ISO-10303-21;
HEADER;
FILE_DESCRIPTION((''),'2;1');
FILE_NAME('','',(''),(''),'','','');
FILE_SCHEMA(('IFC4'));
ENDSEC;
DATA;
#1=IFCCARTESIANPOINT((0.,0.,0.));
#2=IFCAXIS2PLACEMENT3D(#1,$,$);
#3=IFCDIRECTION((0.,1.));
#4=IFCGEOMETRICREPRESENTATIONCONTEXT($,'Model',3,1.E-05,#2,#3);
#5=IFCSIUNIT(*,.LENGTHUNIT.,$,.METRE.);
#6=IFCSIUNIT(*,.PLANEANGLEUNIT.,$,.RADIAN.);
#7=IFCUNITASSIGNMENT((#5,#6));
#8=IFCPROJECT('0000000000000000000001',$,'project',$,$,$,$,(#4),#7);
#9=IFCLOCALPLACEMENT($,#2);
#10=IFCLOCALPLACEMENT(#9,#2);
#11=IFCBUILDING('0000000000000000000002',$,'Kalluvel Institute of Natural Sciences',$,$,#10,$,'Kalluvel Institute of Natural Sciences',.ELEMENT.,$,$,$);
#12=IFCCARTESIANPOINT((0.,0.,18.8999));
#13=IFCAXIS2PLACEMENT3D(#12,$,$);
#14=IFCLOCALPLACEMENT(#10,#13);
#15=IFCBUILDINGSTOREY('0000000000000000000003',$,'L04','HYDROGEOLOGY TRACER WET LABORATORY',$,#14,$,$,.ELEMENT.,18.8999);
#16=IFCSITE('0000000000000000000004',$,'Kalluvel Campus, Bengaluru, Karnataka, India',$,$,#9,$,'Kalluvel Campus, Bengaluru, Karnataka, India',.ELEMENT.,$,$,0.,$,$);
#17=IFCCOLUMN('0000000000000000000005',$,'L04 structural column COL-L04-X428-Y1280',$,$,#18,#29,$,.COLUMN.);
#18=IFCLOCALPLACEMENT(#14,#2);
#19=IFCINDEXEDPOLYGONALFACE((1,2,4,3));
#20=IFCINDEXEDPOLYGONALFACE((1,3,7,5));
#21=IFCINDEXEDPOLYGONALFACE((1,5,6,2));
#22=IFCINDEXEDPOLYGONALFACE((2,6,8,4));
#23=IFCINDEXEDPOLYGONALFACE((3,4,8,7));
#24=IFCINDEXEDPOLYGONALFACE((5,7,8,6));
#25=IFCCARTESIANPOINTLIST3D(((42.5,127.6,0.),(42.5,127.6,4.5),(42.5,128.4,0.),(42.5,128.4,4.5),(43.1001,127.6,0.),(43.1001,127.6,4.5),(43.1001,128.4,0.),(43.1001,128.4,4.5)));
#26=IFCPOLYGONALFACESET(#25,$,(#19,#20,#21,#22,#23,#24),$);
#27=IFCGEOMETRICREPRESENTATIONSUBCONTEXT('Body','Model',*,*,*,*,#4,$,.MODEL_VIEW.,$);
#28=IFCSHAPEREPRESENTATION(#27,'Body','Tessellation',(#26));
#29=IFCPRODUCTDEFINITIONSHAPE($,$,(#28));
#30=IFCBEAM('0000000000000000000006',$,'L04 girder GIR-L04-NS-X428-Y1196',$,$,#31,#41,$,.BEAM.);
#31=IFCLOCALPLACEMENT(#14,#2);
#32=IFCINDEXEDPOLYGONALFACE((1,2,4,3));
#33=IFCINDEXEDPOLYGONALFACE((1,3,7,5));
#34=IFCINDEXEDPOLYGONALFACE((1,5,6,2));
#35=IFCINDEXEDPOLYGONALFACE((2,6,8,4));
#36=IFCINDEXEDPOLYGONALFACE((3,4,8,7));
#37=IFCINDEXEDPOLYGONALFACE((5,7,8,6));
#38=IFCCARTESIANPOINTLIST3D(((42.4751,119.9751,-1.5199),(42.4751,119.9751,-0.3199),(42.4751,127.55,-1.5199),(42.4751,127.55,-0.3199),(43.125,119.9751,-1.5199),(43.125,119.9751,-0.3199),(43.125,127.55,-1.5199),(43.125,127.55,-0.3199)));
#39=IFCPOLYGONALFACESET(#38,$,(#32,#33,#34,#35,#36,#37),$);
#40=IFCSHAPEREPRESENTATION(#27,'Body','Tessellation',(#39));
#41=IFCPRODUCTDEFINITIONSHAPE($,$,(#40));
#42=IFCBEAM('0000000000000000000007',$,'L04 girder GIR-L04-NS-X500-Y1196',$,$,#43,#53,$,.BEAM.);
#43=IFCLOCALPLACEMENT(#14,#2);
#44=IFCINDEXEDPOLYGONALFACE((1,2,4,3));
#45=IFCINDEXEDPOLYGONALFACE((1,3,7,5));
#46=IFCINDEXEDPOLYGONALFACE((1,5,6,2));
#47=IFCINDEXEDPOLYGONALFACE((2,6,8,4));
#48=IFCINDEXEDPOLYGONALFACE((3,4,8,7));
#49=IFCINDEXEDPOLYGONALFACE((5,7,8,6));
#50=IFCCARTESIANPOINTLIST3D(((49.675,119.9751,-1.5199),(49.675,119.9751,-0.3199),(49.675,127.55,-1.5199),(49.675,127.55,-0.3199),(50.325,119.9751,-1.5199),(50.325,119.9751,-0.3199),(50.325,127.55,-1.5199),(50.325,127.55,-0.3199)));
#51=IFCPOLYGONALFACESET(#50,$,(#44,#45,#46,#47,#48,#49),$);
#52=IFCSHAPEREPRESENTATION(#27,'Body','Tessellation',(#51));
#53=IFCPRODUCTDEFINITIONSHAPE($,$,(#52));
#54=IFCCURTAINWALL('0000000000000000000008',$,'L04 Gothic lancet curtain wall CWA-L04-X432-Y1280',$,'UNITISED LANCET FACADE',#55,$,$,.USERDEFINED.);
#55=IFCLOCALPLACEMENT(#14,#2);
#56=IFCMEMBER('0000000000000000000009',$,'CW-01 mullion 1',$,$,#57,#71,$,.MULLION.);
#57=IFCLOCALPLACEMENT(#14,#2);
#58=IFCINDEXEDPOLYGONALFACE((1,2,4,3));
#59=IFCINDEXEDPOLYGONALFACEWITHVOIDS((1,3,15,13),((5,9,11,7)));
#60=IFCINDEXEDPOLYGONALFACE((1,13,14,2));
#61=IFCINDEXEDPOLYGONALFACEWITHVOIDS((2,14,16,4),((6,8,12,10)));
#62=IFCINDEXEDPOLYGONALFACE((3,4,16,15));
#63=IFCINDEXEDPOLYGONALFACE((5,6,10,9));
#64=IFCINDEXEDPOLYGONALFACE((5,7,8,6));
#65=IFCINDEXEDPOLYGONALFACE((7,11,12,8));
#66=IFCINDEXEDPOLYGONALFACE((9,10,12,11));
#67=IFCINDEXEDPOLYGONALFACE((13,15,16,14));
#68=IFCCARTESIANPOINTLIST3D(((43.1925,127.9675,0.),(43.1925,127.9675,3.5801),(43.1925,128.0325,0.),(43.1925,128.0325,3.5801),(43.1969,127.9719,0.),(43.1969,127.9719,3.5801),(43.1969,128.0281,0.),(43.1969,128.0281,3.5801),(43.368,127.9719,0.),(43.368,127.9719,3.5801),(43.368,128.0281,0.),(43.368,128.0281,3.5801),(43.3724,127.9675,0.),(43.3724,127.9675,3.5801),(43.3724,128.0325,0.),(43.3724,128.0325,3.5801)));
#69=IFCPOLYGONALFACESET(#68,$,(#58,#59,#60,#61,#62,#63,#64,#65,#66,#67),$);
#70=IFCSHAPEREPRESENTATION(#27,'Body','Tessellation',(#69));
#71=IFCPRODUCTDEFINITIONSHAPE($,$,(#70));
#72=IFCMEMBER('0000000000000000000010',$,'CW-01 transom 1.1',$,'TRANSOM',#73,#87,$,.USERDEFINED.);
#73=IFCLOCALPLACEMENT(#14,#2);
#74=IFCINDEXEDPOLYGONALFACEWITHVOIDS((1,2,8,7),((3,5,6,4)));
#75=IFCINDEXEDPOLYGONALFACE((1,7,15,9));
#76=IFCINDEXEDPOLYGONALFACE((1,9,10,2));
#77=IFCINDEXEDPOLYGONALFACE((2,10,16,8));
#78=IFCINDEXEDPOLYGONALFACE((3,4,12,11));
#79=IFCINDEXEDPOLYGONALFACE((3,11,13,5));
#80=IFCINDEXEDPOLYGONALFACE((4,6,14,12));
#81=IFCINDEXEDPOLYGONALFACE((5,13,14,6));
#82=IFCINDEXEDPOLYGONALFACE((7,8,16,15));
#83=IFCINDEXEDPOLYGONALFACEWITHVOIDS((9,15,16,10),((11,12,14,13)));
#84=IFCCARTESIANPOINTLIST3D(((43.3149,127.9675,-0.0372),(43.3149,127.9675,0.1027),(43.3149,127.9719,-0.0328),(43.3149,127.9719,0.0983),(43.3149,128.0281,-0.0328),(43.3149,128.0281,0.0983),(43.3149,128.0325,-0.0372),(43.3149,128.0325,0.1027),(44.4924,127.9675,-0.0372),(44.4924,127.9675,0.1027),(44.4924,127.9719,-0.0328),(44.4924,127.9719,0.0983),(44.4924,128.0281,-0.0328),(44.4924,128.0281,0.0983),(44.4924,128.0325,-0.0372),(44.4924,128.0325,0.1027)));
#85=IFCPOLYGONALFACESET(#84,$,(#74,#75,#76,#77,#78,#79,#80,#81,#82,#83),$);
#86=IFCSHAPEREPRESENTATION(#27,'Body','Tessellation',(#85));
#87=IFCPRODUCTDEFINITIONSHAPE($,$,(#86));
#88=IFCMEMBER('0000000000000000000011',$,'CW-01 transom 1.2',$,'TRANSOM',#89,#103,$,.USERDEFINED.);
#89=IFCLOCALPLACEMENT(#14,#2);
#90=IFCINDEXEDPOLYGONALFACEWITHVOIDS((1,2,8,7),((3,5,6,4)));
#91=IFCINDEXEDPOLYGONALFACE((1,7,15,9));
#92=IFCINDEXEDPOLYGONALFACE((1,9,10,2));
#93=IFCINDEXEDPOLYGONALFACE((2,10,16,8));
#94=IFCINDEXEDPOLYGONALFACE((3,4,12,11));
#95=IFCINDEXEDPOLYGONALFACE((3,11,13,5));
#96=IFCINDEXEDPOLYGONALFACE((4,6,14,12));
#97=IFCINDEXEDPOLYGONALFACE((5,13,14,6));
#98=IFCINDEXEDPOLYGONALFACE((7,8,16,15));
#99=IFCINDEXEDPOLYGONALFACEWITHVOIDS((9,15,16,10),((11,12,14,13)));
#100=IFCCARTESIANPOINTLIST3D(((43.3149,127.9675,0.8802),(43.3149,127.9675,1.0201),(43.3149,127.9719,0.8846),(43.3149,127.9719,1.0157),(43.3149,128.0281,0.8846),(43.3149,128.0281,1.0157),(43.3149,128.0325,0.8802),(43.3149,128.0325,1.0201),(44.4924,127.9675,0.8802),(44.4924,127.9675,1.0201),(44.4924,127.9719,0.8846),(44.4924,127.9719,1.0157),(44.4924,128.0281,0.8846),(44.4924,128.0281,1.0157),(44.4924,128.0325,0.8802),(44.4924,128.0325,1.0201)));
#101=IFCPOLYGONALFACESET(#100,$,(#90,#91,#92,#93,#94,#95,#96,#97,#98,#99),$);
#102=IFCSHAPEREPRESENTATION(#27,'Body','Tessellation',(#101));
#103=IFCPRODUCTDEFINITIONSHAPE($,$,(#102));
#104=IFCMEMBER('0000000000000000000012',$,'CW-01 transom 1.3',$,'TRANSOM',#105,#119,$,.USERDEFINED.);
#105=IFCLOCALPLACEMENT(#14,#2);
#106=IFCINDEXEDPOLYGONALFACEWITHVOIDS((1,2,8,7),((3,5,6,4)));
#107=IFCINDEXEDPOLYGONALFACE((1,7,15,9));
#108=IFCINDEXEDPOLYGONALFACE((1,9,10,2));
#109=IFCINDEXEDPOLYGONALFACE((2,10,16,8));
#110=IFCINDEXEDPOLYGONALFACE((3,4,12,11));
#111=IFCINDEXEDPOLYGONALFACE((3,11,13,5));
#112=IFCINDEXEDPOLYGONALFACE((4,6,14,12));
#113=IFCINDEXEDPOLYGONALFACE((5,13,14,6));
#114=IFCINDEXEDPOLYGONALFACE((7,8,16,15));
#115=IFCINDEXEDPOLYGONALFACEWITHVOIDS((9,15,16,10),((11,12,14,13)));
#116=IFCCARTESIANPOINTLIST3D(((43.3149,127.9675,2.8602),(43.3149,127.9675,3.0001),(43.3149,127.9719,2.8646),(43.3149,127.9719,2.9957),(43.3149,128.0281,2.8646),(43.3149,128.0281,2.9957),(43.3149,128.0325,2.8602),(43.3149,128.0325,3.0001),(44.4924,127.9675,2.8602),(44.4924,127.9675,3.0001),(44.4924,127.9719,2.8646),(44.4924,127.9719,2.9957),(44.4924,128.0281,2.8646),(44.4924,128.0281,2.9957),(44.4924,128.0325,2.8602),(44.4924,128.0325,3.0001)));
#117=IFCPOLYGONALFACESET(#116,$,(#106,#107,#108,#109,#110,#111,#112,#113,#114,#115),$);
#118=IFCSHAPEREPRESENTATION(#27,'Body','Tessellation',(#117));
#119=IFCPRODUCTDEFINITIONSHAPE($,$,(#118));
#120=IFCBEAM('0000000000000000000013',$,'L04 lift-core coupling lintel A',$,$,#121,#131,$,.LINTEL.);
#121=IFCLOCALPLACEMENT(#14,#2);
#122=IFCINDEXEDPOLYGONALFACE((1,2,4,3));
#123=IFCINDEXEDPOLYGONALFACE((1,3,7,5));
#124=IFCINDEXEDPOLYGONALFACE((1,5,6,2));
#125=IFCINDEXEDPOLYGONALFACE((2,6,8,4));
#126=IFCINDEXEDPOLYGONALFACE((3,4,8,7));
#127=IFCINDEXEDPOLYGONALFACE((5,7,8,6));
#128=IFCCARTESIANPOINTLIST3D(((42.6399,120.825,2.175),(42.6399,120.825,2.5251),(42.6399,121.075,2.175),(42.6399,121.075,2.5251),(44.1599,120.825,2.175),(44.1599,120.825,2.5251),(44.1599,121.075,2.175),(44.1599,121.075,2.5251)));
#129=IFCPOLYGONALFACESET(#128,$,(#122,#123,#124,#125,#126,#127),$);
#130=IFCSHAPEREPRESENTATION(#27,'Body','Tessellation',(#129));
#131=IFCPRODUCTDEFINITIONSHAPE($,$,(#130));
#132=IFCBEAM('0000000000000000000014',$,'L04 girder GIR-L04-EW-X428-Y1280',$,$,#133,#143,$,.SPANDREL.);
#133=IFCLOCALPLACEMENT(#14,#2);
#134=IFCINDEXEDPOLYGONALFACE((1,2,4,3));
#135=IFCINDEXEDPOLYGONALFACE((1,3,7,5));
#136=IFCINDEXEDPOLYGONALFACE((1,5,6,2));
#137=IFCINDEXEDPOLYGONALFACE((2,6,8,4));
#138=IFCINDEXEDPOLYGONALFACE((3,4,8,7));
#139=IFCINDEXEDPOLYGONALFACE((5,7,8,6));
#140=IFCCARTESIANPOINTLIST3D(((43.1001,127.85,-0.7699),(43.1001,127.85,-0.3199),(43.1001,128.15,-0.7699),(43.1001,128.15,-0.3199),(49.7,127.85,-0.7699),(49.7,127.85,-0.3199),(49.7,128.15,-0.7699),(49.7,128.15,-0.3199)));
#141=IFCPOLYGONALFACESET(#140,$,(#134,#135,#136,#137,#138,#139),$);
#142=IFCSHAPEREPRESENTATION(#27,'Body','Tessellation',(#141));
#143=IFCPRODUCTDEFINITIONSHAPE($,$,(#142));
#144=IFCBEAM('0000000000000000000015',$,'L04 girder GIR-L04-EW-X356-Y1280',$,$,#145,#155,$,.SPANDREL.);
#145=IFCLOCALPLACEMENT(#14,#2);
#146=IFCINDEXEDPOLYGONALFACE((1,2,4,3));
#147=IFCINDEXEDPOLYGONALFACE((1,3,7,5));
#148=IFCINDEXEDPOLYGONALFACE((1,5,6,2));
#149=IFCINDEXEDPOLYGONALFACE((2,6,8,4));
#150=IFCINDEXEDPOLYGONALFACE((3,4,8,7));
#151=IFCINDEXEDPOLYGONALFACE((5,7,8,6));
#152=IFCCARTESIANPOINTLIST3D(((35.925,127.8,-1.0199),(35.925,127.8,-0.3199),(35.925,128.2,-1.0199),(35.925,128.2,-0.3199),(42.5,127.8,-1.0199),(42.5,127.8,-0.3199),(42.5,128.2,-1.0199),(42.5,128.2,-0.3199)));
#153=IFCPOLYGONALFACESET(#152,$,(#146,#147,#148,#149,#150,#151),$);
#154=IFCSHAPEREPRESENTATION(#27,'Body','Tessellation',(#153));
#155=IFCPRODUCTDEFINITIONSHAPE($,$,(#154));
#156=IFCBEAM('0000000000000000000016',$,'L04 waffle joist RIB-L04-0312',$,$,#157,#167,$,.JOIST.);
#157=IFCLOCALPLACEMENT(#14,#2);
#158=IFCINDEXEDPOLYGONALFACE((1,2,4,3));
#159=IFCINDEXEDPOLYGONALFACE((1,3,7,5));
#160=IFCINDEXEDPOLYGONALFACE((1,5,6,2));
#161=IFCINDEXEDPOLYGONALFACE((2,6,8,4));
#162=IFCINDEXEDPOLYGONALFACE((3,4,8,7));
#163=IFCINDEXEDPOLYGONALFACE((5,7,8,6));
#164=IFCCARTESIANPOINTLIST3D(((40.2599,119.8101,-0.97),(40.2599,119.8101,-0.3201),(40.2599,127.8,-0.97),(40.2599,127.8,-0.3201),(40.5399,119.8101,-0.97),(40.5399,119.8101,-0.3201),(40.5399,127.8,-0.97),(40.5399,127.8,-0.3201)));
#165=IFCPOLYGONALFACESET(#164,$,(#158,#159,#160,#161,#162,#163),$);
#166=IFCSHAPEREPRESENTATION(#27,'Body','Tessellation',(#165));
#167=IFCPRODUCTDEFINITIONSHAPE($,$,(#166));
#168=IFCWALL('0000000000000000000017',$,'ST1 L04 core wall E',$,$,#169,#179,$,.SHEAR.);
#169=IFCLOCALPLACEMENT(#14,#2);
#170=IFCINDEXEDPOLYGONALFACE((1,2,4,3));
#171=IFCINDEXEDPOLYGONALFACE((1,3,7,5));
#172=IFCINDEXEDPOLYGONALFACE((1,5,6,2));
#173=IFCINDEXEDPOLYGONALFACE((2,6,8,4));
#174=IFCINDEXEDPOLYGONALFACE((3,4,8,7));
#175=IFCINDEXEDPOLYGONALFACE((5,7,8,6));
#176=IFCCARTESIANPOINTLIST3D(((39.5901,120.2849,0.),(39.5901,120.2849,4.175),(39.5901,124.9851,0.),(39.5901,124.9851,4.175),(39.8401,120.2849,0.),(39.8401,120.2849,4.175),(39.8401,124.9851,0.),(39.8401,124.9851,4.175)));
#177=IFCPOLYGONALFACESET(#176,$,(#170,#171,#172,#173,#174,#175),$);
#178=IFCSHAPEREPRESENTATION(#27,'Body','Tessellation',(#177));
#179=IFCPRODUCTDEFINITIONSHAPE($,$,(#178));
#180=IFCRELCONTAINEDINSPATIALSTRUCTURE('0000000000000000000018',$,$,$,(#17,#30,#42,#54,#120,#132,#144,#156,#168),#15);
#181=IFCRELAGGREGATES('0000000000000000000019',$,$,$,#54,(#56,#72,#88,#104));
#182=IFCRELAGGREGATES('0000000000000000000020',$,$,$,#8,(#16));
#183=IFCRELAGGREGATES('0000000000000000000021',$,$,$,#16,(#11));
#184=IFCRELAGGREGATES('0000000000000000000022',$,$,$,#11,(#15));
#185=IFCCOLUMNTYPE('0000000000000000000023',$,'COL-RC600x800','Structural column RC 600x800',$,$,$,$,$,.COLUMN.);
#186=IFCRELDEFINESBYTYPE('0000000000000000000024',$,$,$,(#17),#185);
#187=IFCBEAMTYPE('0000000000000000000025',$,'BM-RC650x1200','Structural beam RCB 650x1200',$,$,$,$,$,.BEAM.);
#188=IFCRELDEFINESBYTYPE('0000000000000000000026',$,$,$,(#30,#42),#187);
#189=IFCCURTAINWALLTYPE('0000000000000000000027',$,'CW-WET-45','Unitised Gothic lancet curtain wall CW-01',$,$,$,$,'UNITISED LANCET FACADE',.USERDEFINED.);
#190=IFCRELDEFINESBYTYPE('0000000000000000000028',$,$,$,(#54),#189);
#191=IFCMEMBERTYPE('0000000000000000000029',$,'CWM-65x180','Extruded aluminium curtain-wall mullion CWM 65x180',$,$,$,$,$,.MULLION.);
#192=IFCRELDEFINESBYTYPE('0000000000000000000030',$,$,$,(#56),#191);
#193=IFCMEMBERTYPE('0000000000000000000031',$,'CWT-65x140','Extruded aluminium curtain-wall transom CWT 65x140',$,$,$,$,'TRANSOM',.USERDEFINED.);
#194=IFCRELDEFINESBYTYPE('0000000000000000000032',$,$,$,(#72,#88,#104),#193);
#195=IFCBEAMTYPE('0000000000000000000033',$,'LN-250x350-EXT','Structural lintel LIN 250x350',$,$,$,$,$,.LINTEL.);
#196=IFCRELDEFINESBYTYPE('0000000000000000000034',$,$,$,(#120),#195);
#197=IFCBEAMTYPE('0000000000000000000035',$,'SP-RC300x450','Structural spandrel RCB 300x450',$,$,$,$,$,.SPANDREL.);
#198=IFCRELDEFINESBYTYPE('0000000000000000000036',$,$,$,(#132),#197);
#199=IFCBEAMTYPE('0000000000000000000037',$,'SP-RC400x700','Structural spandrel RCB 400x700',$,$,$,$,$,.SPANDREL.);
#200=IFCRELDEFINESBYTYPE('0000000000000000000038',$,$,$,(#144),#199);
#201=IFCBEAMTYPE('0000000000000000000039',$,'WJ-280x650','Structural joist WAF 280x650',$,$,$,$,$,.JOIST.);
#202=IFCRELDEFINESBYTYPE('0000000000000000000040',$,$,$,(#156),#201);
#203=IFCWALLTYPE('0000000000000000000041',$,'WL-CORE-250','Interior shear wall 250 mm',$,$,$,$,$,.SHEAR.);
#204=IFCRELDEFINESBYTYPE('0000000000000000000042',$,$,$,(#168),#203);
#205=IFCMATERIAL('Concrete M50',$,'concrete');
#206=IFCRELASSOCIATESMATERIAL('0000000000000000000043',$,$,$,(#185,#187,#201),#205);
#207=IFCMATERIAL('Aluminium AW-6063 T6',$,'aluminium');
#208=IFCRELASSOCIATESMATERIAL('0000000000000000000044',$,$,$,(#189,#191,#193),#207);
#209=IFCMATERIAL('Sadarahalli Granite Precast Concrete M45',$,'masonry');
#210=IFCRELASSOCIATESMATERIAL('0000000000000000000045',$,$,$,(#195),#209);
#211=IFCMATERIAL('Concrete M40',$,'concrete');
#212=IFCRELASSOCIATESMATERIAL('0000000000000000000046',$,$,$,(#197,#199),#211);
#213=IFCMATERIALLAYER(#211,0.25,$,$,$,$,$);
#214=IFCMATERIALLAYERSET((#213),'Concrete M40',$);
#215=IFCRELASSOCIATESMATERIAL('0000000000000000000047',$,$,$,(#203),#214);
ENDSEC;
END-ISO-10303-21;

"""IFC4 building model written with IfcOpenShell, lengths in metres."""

from ifc_helpers import new_model, si_unit, direction, frame, frame_2d, origin, origin_2d, place, context, subcontext, project, spatial, rectangle, hollow_rectangle, extrude, material, layer, layer_set, material_profile, profile_set, type_object, element, aggregate, save


model = new_model("IFC4")

# Units and contexts
model_context = context("Model", 3, precision=1e-05, world=origin(), true_north=direction((0.0, 1.0)))
body_context = subcontext(model_context, "Body", "Model", "MODEL_VIEW")
ifc_project = project(units=[si_unit("LENGTHUNIT", "METRE"), si_unit("PLANEANGLEUNIT", "RADIAN")], contexts=[model_context])

# Site, building, storey
site_placement = place(None, origin())
site = spatial("IfcSite", under=ifc_project, at=site_placement, Name="Kalluvel Campus, Bengaluru, Karnataka, India", LongName="Kalluvel Campus, Bengaluru, Karnataka, India", CompositionType="ELEMENT", RefElevation=0.0)
building_placement = place(site_placement, origin())
building = spatial("IfcBuilding", under=site, at=building_placement, Name="Kalluvel Institute of Natural Sciences", LongName="Kalluvel Institute of Natural Sciences", CompositionType="ELEMENT")
storey_placement = place(building_placement, frame((0.0, 0.0, 18.8999)))
storey = spatial("IfcBuildingStorey", under=building, at=storey_placement, Name="L04", Description="HYDROGEOLOGY TRACER WET LABORATORY", CompositionType="ELEMENT", Elevation=18.8999)

# Column
ifc_material_1 = material(Name="Concrete M50", Category="concrete")
ifc_material_profile_1 = material_profile(ifc_material_1, rectangle(XDim=0.6001, YDim=0.8, at=origin_2d()), Name="RC 600x800")
ifc_profile_set_1 = profile_set([ifc_material_profile_1], Name="Concrete M50")
column_type = type_object("IfcColumnType", Name="COL-RC600x800", Description="Structural column RC 600x800", PredefinedType="COLUMN", material=ifc_profile_set_1)
column_placement = place(storey_placement, frame((42.8, 128.0, 0.0), z_axis=(0.0, 0.0, 1.0), x_axis=(1.0, 0.0, 0.0)))
element("IfcColumn", 1, at=column_placement, inside=storey, type_object=column_type, Name="L04 structural column COL-L04-X428-Y1280", PredefinedType="COLUMN", context=body_context, shape_type="SweptSolid", body=[
    extrude(rectangle(XDim=0.6001, YDim=0.8, at=origin_2d()), origin(), (0.0, 0.0, 1.0), 4.5),
])

# Beams
ifc_material_profile_2 = material_profile(ifc_material_1, rectangle(XDim=0.6499, YDim=1.2, at=origin_2d()), Name="RCB 650x1200")
ifc_profile_set_2 = profile_set([ifc_material_profile_2], Name="Concrete M50")
beam_type_1 = type_object("IfcBeamType", Name="BM-RC650x1200", Description="Structural beam RCB 650x1200", PredefinedType="BEAM", material=ifc_profile_set_2)
for number, where, z_axis, x_axis, name in (
    (2, (42.8, 119.9751, -0.9199), (0.0, 1.0, 0.0), (-1.0, 0.0, 0.0), "L04 girder GIR-L04-NS-X428-Y1196"),
    (3, (50.0, 119.9751, -0.9199), (0.0, 1.0, 0.0), (-1.0, 0.0, 0.0), "L04 girder GIR-L04-NS-X500-Y1196"),
):
    element("IfcBeam", number, at=place(storey_placement, frame(where, z_axis=z_axis, x_axis=x_axis)), inside=storey, type_object=beam_type_1, Name=name, PredefinedType="BEAM", context=body_context, shape_type="SweptSolid", body=[
        extrude(rectangle(XDim=0.6499, YDim=1.2, at=origin_2d()), origin(), (0.0, 0.0, 1.0), 7.575),
    ])

# Curtain wall, members
ifc_material_2 = material(Name="Aluminium AW-6063 T6", Category="aluminium")
curtain_wall_type = type_object("IfcCurtainWallType", Name="CW-WET-45", Description="Unitised Gothic lancet curtain wall CW-01", ElementType="UNITISED LANCET FACADE", PredefinedType="USERDEFINED", material=ifc_material_2)
curtain_wall_placement = place(storey_placement, origin())
curtain_wall = element("IfcCurtainWall", 4, at=curtain_wall_placement, inside=storey, type_object=curtain_wall_type, Name="L04 Gothic lancet curtain wall CWA-L04-X432-Y1280", ObjectType="UNITISED LANCET FACADE", PredefinedType="USERDEFINED")
ifc_material_profile_3 = material_profile(ifc_material_2, hollow_rectangle(XDim=0.0649, YDim=0.1799, WallThickness=0.0044, at=origin_2d()), Name="CWM 65x180")
ifc_profile_set_3 = profile_set([ifc_material_profile_3], Name="Aluminium AW-6063 T6")
member_type_1 = type_object("IfcMemberType", Name="CWM-65x180", Description="Extruded aluminium curtain-wall mullion CWM 65x180", PredefinedType="MULLION", material=ifc_profile_set_3)
member_1_placement = place(storey_placement, frame((43.2825, 128.0, 0.0), z_axis=(0.0, 0.0, 1.0), x_axis=(0.0, 1.0, 0.0)))
member_1 = element("IfcMember", 5, at=member_1_placement, type_object=member_type_1, Name="CW-01 mullion 1", PredefinedType="MULLION", context=body_context, shape_type="SweptSolid", body=[
    extrude(hollow_rectangle(XDim=0.0649, YDim=0.1799, WallThickness=0.0044, at=origin_2d()), origin(), (0.0, 0.0, 1.0), 3.5801),
])
ifc_material_profile_4 = material_profile(ifc_material_2, hollow_rectangle(XDim=0.0649, YDim=0.1399, WallThickness=0.0044, at=origin_2d()), Name="CWT 65x140")
ifc_profile_set_4 = profile_set([ifc_material_profile_4], Name="Aluminium AW-6063 T6")
member_type_2 = type_object("IfcMemberType", Name="CWT-65x140", Description="Extruded aluminium curtain-wall transom CWT 65x140", ElementType="TRANSOM", PredefinedType="USERDEFINED", material=ifc_profile_set_4)
member_2_placement = place(storey_placement, frame((43.3149, 128.0, 0.0327), z_axis=(1.0, 0.0, 0.0), x_axis=(0.0, 1.0, 0.0)))
member_2 = element("IfcMember", 6, at=member_2_placement, type_object=member_type_2, Name="CW-01 transom 1.1", ObjectType="TRANSOM", PredefinedType="USERDEFINED", context=body_context, shape_type="SweptSolid", body=[
    extrude(hollow_rectangle(XDim=0.0649, YDim=0.1399, WallThickness=0.0044, at=origin_2d()), origin(), (0.0, 0.0, 1.0), 1.1775),
])
member_3_placement = place(storey_placement, frame((43.3149, 128.0, 0.9502), z_axis=(1.0, 0.0, 0.0), x_axis=(0.0, 1.0, 0.0)))
member_3 = element("IfcMember", 7, at=member_3_placement, type_object=member_type_2, Name="CW-01 transom 1.2", ObjectType="TRANSOM", PredefinedType="USERDEFINED", context=body_context, shape_type="SweptSolid", body=[
    extrude(hollow_rectangle(XDim=0.0649, YDim=0.1399, WallThickness=0.0044, at=origin_2d()), origin(), (0.0, 0.0, 1.0), 1.1775),
])
member_4_placement = place(storey_placement, frame((43.3149, 128.0, 2.9302), z_axis=(1.0, 0.0, 0.0), x_axis=(0.0, 1.0, 0.0)))
member_4 = element("IfcMember", 8, at=member_4_placement, type_object=member_type_2, Name="CW-01 transom 1.3", ObjectType="TRANSOM", PredefinedType="USERDEFINED", context=body_context, shape_type="SweptSolid", body=[
    extrude(hollow_rectangle(XDim=0.0649, YDim=0.1399, WallThickness=0.0044, at=origin_2d()), origin(), (0.0, 0.0, 1.0), 1.1775),
])
aggregate(curtain_wall, [member_1, member_2, member_3, member_4])

# Beams
ifc_material_3 = material(Name="Sadarahalli Granite Precast Concrete M45", Category="masonry")
ifc_material_profile_5 = material_profile(ifc_material_3, rectangle(XDim=0.25, YDim=0.3501, at=origin_2d()), Name="LIN 250x350")
ifc_profile_set_5 = profile_set([ifc_material_profile_5], Name="Sadarahalli Granite Precast Concrete M45")
beam_type_2 = type_object("IfcBeamType", Name="LN-250x350-EXT", Description="Structural lintel LIN 250x350", PredefinedType="LINTEL", material=ifc_profile_set_5)
beam_1_placement = place(storey_placement, frame((42.6399, 120.95, 2.3501), z_axis=(1.0, 0.0, 0.0), x_axis=(0.0, 1.0, 0.0)))
element("IfcBeam", 9, at=beam_1_placement, inside=storey, type_object=beam_type_2, Name="L04 lift-core coupling lintel A", PredefinedType="LINTEL", context=body_context, shape_type="SweptSolid", body=[
    extrude(rectangle(XDim=0.25, YDim=0.3501, at=origin_2d()), origin(), (0.0, 0.0, 1.0), 1.52),
])
ifc_material_4 = material(Name="Concrete M40", Category="concrete")
ifc_material_profile_6 = material_profile(ifc_material_4, rectangle(XDim=0.3, YDim=0.45, at=origin_2d()), Name="RCB 300x450")
ifc_profile_set_6 = profile_set([ifc_material_profile_6], Name="Concrete M40")
beam_type_3 = type_object("IfcBeamType", Name="SP-RC300x450", Description="Structural spandrel RCB 300x450", PredefinedType="SPANDREL", material=ifc_profile_set_6)
beam_2_placement = place(storey_placement, frame((43.1001, 128.0, -0.5449), z_axis=(1.0, 0.0, 0.0), x_axis=(0.0, 1.0, 0.0)))
element("IfcBeam", 10, at=beam_2_placement, inside=storey, type_object=beam_type_3, Name="L04 girder GIR-L04-EW-X428-Y1280", PredefinedType="SPANDREL", context=body_context, shape_type="SweptSolid", body=[
    extrude(rectangle(XDim=0.3, YDim=0.45, at=origin_2d()), origin(), (0.0, 0.0, 1.0), 6.5999),
])
ifc_material_profile_7 = material_profile(ifc_material_4, rectangle(XDim=0.3999, YDim=0.7, at=origin_2d()), Name="RCB 400x700")
ifc_profile_set_7 = profile_set([ifc_material_profile_7], Name="Concrete M40")
beam_type_4 = type_object("IfcBeamType", Name="SP-RC400x700", Description="Structural spandrel RCB 400x700", PredefinedType="SPANDREL", material=ifc_profile_set_7)
beam_3_placement = place(storey_placement, frame((35.925, 128.0, -0.6699), z_axis=(1.0, 0.0, 0.0), x_axis=(0.0, 1.0, 0.0)))
element("IfcBeam", 11, at=beam_3_placement, inside=storey, type_object=beam_type_4, Name="L04 girder GIR-L04-EW-X356-Y1280", PredefinedType="SPANDREL", context=body_context, shape_type="SweptSolid", body=[
    extrude(rectangle(XDim=0.3999, YDim=0.7, at=origin_2d()), origin(), (0.0, 0.0, 1.0), 6.575),
])
ifc_material_profile_8 = material_profile(ifc_material_1, rectangle(XDim=0.28, YDim=0.6499, at=origin_2d()), Name="WAF 280x650")
ifc_profile_set_8 = profile_set([ifc_material_profile_8], Name="Concrete M50")
beam_type_5 = type_object("IfcBeamType", Name="WJ-280x650", Description="Structural joist WAF 280x650", PredefinedType="JOIST", material=ifc_profile_set_8)
beam_4_placement = place(storey_placement, frame((40.3999, 119.8101, -0.645), z_axis=(0.0, 1.0, 0.0), x_axis=(-1.0, 0.0, 0.0)))
element("IfcBeam", 12, at=beam_4_placement, inside=storey, type_object=beam_type_5, Name="L04 waffle joist RIB-L04-0312", PredefinedType="JOIST", context=body_context, shape_type="SweptSolid", body=[
    extrude(rectangle(XDim=0.28, YDim=0.6499, at=origin_2d()), origin(), (0.0, 0.0, 1.0), 7.99),
])

# Wall
ifc_layer_1 = layer(ifc_material_4, 0.25)
ifc_layer_set_1 = layer_set([ifc_layer_1], Name="Concrete M40")
wall_type_1 = type_object("IfcWallType", Name="WL-CORE-250", Description="Interior shear wall 250 mm", PredefinedType="SHEAR", material=ifc_layer_set_1)
wall_1_placement = place(storey_placement, frame((39.7151, 120.2849, 0.0), z_axis=(0.0, 0.0, 1.0), x_axis=(0.0, 1.0, 0.0)))
element("IfcWall", 13, at=wall_1_placement, inside=storey, type_object=wall_type_1, Name="ST1 L04 core wall E", PredefinedType="SHEAR", context=body_context, shape_type="SweptSolid", body=[
    extrude(rectangle(XDim=4.7002, YDim=0.25, at=frame_2d((2.3501, 0.0))), origin(), (0.0, 0.0, 1.0), 4.175),
])

save(model, "model.ifc")
